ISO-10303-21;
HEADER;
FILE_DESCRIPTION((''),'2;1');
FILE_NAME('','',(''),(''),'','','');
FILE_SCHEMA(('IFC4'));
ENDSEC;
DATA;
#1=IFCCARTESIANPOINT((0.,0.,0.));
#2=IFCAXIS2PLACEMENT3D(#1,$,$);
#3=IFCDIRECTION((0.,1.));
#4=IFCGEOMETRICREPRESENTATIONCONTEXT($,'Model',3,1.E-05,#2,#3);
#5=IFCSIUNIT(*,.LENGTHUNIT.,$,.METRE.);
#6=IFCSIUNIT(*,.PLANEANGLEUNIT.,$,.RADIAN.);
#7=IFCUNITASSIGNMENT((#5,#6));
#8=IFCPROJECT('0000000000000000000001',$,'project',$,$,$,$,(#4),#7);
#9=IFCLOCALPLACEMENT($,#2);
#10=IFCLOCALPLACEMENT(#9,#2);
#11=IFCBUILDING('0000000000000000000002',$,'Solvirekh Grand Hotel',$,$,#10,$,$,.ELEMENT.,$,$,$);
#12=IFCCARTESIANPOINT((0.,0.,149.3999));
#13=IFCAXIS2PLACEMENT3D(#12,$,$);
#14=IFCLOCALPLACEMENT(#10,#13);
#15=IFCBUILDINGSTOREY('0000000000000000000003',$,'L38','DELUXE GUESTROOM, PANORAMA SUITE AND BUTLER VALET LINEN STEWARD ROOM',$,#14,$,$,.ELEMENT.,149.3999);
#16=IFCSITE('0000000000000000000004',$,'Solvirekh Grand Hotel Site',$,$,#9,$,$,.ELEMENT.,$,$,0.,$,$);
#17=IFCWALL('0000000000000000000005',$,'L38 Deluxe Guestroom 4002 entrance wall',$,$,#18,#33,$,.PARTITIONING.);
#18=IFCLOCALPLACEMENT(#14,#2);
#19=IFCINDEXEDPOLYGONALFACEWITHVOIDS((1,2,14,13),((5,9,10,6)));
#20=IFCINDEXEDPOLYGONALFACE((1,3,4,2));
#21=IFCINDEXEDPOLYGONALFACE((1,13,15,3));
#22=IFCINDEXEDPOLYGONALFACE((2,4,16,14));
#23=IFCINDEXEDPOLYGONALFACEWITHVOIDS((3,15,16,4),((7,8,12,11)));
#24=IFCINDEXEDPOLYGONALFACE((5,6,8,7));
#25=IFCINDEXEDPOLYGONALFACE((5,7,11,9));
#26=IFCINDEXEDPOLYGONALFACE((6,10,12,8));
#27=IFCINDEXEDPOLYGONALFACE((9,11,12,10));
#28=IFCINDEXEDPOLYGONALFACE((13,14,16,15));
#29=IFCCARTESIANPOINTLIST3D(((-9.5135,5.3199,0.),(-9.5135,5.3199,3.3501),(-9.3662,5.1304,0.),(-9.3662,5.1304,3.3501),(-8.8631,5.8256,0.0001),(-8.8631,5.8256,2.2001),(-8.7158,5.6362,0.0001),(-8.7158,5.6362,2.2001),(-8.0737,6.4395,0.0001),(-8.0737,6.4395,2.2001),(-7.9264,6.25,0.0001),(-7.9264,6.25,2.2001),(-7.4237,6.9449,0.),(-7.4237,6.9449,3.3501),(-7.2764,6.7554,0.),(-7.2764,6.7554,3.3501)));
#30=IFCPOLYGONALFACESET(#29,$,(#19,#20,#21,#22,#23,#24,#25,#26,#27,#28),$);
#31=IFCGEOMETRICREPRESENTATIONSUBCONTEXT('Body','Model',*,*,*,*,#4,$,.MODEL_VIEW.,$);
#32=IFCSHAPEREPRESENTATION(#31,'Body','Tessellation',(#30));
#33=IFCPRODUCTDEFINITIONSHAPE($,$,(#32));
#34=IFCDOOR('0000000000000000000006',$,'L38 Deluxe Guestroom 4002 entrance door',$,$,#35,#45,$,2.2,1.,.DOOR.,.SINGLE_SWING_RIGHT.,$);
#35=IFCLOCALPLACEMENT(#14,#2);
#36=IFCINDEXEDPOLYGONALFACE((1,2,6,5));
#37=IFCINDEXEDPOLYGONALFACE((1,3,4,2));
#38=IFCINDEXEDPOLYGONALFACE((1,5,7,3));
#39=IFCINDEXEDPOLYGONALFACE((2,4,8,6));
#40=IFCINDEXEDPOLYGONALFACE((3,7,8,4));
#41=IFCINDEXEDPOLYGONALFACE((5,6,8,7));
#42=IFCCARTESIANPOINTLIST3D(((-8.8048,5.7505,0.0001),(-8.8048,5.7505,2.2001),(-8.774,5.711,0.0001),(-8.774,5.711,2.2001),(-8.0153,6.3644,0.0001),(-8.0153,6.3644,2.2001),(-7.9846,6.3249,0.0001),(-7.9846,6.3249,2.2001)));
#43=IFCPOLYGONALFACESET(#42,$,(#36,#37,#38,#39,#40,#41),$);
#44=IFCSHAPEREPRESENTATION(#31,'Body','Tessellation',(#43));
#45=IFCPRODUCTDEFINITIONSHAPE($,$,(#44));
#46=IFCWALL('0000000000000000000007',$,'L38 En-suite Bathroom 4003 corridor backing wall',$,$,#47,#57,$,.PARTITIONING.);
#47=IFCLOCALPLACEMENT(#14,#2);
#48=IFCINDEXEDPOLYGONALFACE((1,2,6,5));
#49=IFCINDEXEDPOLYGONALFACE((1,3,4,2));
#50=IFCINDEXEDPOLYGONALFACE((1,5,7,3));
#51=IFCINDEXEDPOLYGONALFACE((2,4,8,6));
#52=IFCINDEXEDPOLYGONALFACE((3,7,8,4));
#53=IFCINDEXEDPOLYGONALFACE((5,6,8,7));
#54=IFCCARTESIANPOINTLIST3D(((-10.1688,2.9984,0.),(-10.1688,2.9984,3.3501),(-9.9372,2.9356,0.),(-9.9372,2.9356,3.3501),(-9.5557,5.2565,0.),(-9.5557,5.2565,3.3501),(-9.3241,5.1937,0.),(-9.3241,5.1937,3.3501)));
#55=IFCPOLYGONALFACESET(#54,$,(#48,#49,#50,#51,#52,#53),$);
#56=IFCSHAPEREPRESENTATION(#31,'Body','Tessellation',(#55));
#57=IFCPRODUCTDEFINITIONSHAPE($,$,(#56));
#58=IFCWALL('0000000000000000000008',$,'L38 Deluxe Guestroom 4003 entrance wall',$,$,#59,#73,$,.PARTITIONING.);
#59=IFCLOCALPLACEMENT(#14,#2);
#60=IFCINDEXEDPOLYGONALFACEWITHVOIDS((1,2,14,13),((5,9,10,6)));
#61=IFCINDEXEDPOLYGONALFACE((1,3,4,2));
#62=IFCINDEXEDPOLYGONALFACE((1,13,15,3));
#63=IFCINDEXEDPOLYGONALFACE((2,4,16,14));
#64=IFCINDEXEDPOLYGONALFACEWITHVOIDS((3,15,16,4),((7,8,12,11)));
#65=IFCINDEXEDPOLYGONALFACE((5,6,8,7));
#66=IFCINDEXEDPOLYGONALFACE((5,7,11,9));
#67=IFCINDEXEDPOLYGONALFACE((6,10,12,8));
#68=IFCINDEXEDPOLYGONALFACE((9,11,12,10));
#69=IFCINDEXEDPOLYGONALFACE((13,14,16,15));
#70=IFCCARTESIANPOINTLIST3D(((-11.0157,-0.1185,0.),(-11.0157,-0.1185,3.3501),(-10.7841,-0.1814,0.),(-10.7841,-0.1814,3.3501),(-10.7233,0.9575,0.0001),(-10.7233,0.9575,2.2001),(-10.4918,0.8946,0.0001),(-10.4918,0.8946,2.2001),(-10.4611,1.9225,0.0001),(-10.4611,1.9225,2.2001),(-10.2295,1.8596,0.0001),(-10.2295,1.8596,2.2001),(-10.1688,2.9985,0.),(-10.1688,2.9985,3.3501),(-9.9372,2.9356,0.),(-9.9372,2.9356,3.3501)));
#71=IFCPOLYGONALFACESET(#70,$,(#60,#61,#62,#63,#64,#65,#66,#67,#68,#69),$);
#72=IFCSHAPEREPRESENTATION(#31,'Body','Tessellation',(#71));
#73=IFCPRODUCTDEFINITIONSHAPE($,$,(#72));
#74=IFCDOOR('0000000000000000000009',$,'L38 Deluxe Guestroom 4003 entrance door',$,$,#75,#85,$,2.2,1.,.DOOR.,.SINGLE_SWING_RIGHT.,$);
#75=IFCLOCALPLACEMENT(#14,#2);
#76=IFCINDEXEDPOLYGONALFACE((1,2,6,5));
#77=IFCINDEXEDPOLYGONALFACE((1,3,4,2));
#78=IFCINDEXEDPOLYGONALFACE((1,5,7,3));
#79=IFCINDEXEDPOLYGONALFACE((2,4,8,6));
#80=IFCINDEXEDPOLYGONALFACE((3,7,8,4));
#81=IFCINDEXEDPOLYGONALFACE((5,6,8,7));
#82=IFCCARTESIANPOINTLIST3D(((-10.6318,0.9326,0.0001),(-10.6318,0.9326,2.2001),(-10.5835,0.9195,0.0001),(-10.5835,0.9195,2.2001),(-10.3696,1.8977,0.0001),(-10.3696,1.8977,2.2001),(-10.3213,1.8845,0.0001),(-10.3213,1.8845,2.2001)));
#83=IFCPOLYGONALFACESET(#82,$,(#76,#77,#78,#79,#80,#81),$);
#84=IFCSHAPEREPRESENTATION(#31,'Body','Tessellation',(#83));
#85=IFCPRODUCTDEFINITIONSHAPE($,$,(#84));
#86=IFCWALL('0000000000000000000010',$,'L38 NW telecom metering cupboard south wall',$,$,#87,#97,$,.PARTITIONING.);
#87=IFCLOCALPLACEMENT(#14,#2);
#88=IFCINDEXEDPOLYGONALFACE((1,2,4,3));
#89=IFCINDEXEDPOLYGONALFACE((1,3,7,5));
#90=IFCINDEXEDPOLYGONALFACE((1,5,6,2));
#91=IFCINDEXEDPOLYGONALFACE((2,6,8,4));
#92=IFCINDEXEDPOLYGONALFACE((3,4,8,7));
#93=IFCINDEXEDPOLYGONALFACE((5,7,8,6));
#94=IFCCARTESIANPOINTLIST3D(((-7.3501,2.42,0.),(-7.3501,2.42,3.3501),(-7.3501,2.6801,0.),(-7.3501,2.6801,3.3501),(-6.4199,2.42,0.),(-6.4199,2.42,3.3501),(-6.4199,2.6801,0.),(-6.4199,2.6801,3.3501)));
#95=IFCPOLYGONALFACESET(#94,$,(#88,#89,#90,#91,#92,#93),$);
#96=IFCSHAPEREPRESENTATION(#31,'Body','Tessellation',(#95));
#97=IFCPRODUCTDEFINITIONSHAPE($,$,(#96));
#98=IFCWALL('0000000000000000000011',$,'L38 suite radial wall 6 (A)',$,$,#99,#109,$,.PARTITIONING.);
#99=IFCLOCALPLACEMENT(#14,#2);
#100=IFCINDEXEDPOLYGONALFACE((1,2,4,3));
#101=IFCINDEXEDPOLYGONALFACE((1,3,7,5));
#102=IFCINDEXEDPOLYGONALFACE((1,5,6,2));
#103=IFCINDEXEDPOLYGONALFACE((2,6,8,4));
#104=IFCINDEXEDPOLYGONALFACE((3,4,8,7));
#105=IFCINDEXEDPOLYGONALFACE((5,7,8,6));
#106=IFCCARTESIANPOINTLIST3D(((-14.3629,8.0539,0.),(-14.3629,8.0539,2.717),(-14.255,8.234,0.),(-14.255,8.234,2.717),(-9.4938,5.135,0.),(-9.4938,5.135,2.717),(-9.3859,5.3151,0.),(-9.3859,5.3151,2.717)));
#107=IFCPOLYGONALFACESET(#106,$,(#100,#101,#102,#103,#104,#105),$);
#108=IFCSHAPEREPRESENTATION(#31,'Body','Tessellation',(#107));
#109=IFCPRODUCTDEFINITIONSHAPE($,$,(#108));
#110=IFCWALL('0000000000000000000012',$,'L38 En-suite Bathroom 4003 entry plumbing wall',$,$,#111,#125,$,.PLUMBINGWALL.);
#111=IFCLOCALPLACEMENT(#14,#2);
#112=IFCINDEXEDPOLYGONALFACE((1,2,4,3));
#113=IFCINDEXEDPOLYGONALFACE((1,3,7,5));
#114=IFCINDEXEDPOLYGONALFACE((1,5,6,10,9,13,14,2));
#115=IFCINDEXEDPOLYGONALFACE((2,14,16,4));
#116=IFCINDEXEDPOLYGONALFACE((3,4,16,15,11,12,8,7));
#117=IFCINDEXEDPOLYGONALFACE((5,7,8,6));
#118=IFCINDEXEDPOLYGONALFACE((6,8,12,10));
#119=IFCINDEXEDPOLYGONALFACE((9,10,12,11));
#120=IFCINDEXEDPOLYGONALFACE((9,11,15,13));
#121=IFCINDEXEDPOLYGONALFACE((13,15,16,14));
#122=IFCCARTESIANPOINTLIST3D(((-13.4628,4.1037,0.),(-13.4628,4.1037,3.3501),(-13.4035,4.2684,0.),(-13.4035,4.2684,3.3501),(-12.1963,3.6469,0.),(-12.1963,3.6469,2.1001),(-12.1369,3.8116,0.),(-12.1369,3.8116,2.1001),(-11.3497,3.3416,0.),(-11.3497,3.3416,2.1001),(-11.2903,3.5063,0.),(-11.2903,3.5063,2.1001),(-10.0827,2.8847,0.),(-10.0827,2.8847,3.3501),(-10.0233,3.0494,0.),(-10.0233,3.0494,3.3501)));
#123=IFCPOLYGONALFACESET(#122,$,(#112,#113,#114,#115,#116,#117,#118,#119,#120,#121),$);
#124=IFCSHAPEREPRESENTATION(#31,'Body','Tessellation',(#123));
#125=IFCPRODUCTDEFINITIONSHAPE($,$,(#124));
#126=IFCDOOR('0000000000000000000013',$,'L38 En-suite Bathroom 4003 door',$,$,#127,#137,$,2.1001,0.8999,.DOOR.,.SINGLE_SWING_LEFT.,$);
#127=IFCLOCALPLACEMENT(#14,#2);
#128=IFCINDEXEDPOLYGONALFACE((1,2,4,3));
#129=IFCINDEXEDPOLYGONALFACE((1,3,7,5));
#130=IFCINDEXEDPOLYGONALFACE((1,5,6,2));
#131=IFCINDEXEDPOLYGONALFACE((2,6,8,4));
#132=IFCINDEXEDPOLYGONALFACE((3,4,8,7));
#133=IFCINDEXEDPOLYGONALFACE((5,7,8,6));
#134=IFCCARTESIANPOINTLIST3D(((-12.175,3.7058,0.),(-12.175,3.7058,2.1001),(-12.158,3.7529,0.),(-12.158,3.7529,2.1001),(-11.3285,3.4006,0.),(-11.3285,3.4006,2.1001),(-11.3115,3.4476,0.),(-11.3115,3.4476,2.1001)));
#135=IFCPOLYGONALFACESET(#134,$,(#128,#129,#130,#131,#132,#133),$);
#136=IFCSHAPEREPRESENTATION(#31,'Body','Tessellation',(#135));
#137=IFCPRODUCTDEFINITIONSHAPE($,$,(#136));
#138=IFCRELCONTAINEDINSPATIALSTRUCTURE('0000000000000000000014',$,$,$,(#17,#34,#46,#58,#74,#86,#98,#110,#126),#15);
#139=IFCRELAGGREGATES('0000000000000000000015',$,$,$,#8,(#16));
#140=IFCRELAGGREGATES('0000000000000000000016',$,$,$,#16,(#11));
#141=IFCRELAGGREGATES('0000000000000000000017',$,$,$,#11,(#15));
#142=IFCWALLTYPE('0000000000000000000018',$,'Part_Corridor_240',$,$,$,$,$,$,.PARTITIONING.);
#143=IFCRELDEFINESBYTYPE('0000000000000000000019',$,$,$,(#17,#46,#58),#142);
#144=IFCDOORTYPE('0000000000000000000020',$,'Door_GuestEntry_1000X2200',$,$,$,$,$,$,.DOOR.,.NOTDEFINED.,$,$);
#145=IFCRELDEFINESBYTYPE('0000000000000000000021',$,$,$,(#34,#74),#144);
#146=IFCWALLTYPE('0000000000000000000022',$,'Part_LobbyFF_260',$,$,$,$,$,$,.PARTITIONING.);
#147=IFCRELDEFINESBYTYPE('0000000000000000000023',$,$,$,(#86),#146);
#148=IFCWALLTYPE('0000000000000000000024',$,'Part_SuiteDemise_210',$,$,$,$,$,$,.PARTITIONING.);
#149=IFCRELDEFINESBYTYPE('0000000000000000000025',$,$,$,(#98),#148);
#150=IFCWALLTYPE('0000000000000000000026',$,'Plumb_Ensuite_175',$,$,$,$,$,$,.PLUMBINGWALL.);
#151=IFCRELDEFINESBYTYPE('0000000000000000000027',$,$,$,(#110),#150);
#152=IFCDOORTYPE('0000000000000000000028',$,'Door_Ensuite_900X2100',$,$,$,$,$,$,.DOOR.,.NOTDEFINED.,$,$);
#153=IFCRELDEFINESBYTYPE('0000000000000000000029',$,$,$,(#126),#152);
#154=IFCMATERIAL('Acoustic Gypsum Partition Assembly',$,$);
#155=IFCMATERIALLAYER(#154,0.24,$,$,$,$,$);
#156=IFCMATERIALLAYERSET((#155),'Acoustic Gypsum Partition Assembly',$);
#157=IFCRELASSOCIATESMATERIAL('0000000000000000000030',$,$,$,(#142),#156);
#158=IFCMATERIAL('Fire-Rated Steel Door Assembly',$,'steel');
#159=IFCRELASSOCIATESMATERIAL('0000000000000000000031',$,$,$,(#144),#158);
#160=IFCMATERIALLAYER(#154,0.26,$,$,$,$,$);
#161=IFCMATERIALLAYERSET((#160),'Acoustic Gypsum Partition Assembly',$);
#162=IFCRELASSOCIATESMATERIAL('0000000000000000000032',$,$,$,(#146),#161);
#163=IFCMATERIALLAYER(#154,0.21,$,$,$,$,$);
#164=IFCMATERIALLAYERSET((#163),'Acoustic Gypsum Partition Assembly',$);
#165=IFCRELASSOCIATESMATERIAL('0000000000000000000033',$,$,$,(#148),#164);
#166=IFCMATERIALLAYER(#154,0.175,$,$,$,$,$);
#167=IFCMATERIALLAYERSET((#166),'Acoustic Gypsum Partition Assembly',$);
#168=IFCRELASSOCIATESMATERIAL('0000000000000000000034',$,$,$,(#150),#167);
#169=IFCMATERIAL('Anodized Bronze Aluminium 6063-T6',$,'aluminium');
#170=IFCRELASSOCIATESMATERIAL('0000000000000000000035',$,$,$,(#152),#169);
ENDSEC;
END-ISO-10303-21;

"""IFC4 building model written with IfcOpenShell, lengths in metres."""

from ifc_helpers import new_model, si_unit, direction, frame, frame_2d, origin, place, context, subcontext, project, spatial, rectangle, extrude, material, layer, layer_set, type_object, element, fill, save


model = new_model("IFC4")

# Units and contexts
model_context = context("Model", 3, precision=1e-05, world=origin(), true_north=direction((0.0, 1.0)))
body_context = subcontext(model_context, "Body", "Model", "MODEL_VIEW")
ifc_project = project(units=[si_unit("LENGTHUNIT", "METRE"), si_unit("PLANEANGLEUNIT", "RADIAN")], contexts=[model_context])

# Site, building, storey
site_placement = place(None, origin())
site = spatial("IfcSite", under=ifc_project, at=site_placement, Name="Solvirekh Grand Hotel Site", CompositionType="ELEMENT", RefElevation=0.0)
building_placement = place(site_placement, origin())
building = spatial("IfcBuilding", under=site, at=building_placement, Name="Solvirekh Grand Hotel", CompositionType="ELEMENT")
storey_placement = place(building_placement, frame((0.0, 0.0, 149.3999)))
storey = spatial("IfcBuildingStorey", under=building, at=storey_placement, Name="L38", Description="DELUXE GUESTROOM, PANORAMA SUITE AND BUTLER VALET LINEN STEWARD ROOM", CompositionType="ELEMENT", Elevation=149.3999)

# Shared definitions
ifc_material_1 = material(Name="Anodized Bronze Aluminium 6063-T6", Category="aluminium")

# Wall, opening, door
ifc_material_2 = material(Name="Acoustic Gypsum Partition Assembly")
ifc_layer_1 = layer(ifc_material_2, 0.24)
ifc_layer_set_1 = layer_set([ifc_layer_1], Name="Acoustic Gypsum Partition Assembly")
wall_type_1 = type_object("IfcWallType", Name="Part_Corridor_240", PredefinedType="PARTITIONING", material=ifc_layer_set_1)
wall_1_placement = place(storey_placement, frame((-9.4399, 5.2251, 0.0), z_axis=(0.0, 0.0, 1.0), x_axis=(0.789432, 0.613838, 0.0)))
wall_1 = element("IfcWall", 1, at=wall_1_placement, inside=storey, type_object=wall_type_1, Name="L38 Deluxe Guestroom 4002 entrance wall", PredefinedType="PARTITIONING", context=body_context, shape_type="SweptSolid", body=[
    extrude(rectangle(XDim=2.6472, YDim=0.24, at=frame_2d((1.3237, 0.0))), origin(), (0.0, 0.0, 1.0), 3.3501),
])
opening_1_placement = place(wall_1_placement, frame((0.824, 0.0, 0.0)))
opening_1 = element("IfcOpeningElement", 2, at=opening_1_placement, cuts=wall_1, PredefinedType="OPENING", context=body_context, shape_type="SweptSolid", body=[
    extrude(rectangle(XDim=1.0, YDim=2.2, at=frame_2d((0.5, 1.1001))), frame((0.0, 0.1299, 0.0), z_axis=(0.0, -1.0, 0.0), x_axis=(1.0, 0.0, 0.0)), (0.0, 0.0, 1.0), 0.26),
])
ifc_material_3 = material(Name="Fire-Rated Steel Door Assembly", Category="steel")
door_type_1 = type_object("IfcDoorType", Name="Door_GuestEntry_1000X2200", OperationType="NOTDEFINED", PredefinedType="DOOR", material=ifc_material_3)
door_1_placement = place(opening_1_placement, origin())
door_1 = element("IfcDoor", 3, at=door_1_placement, inside=storey, type_object=door_type_1, Name="L38 Deluxe Guestroom 4002 entrance door", OperationType="SINGLE_SWING_RIGHT", OverallHeight=2.2, OverallWidth=1.0, PredefinedType="DOOR", context=body_context, shape_type="SweptSolid", body=[
    extrude(rectangle(XDim=1.0, YDim=2.2, at=frame_2d((0.5, 1.1001))), frame((0.0, 0.0249, 0.0), z_axis=(0.0, -1.0, 0.0), x_axis=(1.0, 0.0, 0.0)), (0.0, 0.0, 1.0), 0.05),
])
fill(opening_1, door_1)

# Wall
wall_2_placement = place(storey_placement, frame((-9.4399, 5.2251, 0.0), z_axis=(0.0, 0.0, 1.0), x_axis=(-0.262005, -0.965067, 0.0)))
element("IfcWall", 4, at=wall_2_placement, inside=storey, type_object=wall_type_1, Name="L38 En-suite Bathroom 4003 corridor backing wall", PredefinedType="PARTITIONING", context=body_context, shape_type="SweptSolid", body=[
    extrude(rectangle(XDim=2.3398, YDim=0.24, at=frame_2d((1.1699, 0.0))), origin(), (0.0, 0.0, 1.0), 3.3501),
])

# Wall, opening, door
wall_3_placement = place(storey_placement, frame((-10.053, 2.967, 0.0), z_axis=(0.0, 0.0, 1.0), x_axis=(-0.262209, -0.965011, 0.0)))
wall_3 = element("IfcWall", 5, at=wall_3_placement, inside=storey, type_object=wall_type_1, Name="L38 Deluxe Guestroom 4003 entrance wall", PredefinedType="PARTITIONING", context=body_context, shape_type="SweptSolid", body=[
    extrude(rectangle(XDim=3.23, YDim=0.24, at=frame_2d((1.615, 0.0))), origin(), (0.0, 0.0, 1.0), 3.3501),
])
opening_2_placement = place(wall_3_placement, frame((1.115, 0.0, 0.0)))
opening_2 = element("IfcOpeningElement", 6, at=opening_2_placement, cuts=wall_3, PredefinedType="OPENING", context=body_context, shape_type="SweptSolid", body=[
    extrude(rectangle(XDim=1.0, YDim=2.2, at=frame_2d((0.5, 1.1001))), frame((0.0, 0.1299, 0.0), z_axis=(0.0, -1.0, 0.0), x_axis=(1.0, 0.0, 0.0)), (0.0, 0.0, 1.0), 0.26),
])
door_2_placement = place(opening_2_placement, origin())
door_2 = element("IfcDoor", 7, at=door_2_placement, inside=storey, type_object=door_type_1, Name="L38 Deluxe Guestroom 4003 entrance door", OperationType="SINGLE_SWING_RIGHT", OverallHeight=2.2, OverallWidth=1.0, PredefinedType="DOOR", context=body_context, shape_type="SweptSolid", body=[
    extrude(rectangle(XDim=1.0, YDim=2.2, at=frame_2d((0.5, 1.1001))), frame((0.0, 0.0249, 0.0), z_axis=(0.0, -1.0, 0.0), x_axis=(1.0, 0.0, 0.0)), (0.0, 0.0, 1.0), 0.05),
])
fill(opening_2, door_2)

# Walls
ifc_layer_2 = layer(ifc_material_2, 0.26)
ifc_layer_set_2 = layer_set([ifc_layer_2], Name="Acoustic Gypsum Partition Assembly")
wall_type_2 = type_object("IfcWallType", Name="Part_LobbyFF_260", PredefinedType="PARTITIONING", material=ifc_layer_set_2)
wall_4_placement = place(storey_placement, frame((-7.3501, 2.55, 0.0), z_axis=(0.0, 0.0, 1.0), x_axis=(1.0, 0.0, 0.0)))
element("IfcWall", 8, at=wall_4_placement, inside=storey, type_object=wall_type_2, Name="L38 NW telecom metering cupboard south wall", PredefinedType="PARTITIONING", context=body_context, shape_type="SweptSolid", body=[
    extrude(rectangle(XDim=0.9302, YDim=0.26, at=frame_2d((0.4651, 0.0))), origin(), (0.0, 0.0, 1.0), 3.3501),
])
ifc_layer_3 = layer(ifc_material_2, 0.21)
ifc_layer_set_3 = layer_set([ifc_layer_3], Name="Acoustic Gypsum Partition Assembly")
wall_type_3 = type_object("IfcWallType", Name="Part_SuiteDemise_210", PredefinedType="PARTITIONING", material=ifc_layer_set_3)
wall_5_placement = place(storey_placement, frame((-9.4399, 5.2251, 0.0), z_axis=(0.0, 0.0, 1.0), x_axis=(-0.85769, 0.514167, 0.0)))
element("IfcWall", 9, at=wall_5_placement, inside=storey, type_object=wall_type_3, Name="L38 suite radial wall 6 (A)", PredefinedType="PARTITIONING", context=body_context, shape_type="SweptSolid", body=[
    extrude(rectangle(XDim=5.677, YDim=0.21, at=frame_2d((2.8384, 0.0))), origin(), (0.0, 0.0, 1.0), 2.717),
])

# Wall, opening, door
ifc_layer_4 = layer(ifc_material_2, 0.175)
ifc_layer_set_4 = layer_set([ifc_layer_4], Name="Acoustic Gypsum Partition Assembly")
wall_type_4 = type_object("IfcWallType", Name="Plumb_Ensuite_175", PredefinedType="PLUMBINGWALL", material=ifc_layer_set_4)
wall_6_placement = place(storey_placement, frame((-10.053, 2.967, 0.0), z_axis=(0.0, 0.0, 1.0), x_axis=(-0.940697, 0.339249, 0.0)))
wall_6 = element("IfcWall", 10, at=wall_6_placement, inside=storey, type_object=wall_type_4, Name="L38 En-suite Bathroom 4003 entry plumbing wall", PredefinedType="PLUMBINGWALL", context=body_context, shape_type="SweptSolid", body=[
    extrude(rectangle(XDim=3.5933, YDim=0.175, at=frame_2d((1.7966, 0.0))), origin(), (0.0, 0.0, 1.0), 3.3501),
])
opening_3_placement = place(wall_6_placement, frame((1.3469, 0.0, 0.0)))
opening_3 = element("IfcOpeningElement", 11, at=opening_3_placement, cuts=wall_6, PredefinedType="OPENING", context=body_context, shape_type="SweptSolid", body=[
    extrude(rectangle(XDim=0.8999, YDim=2.1001, at=frame_2d((0.45, 1.05))), frame((0.0, 0.0977, 0.0), z_axis=(0.0, -1.0, 0.0), x_axis=(1.0, 0.0, 0.0)), (0.0, 0.0, 1.0), 0.1951),
])
door_type_2 = type_object("IfcDoorType", Name="Door_Ensuite_900X2100", OperationType="NOTDEFINED", PredefinedType="DOOR", material=ifc_material_1)
door_3_placement = place(opening_3_placement, origin())
door_3 = element("IfcDoor", 12, at=door_3_placement, inside=storey, type_object=door_type_2, Name="L38 En-suite Bathroom 4003 door", OperationType="SINGLE_SWING_LEFT", OverallHeight=2.1001, OverallWidth=0.8999, PredefinedType="DOOR", context=body_context, shape_type="SweptSolid", body=[
    extrude(rectangle(XDim=0.8999, YDim=2.1001, at=frame_2d((0.45, 1.05))), frame((0.0, 0.0249, 0.0), z_axis=(0.0, -1.0, 0.0), x_axis=(1.0, 0.0, 0.0)), (0.0, 0.0, 1.0), 0.05),
])
fill(opening_3, door_3)

save(model, "model.ifc")
